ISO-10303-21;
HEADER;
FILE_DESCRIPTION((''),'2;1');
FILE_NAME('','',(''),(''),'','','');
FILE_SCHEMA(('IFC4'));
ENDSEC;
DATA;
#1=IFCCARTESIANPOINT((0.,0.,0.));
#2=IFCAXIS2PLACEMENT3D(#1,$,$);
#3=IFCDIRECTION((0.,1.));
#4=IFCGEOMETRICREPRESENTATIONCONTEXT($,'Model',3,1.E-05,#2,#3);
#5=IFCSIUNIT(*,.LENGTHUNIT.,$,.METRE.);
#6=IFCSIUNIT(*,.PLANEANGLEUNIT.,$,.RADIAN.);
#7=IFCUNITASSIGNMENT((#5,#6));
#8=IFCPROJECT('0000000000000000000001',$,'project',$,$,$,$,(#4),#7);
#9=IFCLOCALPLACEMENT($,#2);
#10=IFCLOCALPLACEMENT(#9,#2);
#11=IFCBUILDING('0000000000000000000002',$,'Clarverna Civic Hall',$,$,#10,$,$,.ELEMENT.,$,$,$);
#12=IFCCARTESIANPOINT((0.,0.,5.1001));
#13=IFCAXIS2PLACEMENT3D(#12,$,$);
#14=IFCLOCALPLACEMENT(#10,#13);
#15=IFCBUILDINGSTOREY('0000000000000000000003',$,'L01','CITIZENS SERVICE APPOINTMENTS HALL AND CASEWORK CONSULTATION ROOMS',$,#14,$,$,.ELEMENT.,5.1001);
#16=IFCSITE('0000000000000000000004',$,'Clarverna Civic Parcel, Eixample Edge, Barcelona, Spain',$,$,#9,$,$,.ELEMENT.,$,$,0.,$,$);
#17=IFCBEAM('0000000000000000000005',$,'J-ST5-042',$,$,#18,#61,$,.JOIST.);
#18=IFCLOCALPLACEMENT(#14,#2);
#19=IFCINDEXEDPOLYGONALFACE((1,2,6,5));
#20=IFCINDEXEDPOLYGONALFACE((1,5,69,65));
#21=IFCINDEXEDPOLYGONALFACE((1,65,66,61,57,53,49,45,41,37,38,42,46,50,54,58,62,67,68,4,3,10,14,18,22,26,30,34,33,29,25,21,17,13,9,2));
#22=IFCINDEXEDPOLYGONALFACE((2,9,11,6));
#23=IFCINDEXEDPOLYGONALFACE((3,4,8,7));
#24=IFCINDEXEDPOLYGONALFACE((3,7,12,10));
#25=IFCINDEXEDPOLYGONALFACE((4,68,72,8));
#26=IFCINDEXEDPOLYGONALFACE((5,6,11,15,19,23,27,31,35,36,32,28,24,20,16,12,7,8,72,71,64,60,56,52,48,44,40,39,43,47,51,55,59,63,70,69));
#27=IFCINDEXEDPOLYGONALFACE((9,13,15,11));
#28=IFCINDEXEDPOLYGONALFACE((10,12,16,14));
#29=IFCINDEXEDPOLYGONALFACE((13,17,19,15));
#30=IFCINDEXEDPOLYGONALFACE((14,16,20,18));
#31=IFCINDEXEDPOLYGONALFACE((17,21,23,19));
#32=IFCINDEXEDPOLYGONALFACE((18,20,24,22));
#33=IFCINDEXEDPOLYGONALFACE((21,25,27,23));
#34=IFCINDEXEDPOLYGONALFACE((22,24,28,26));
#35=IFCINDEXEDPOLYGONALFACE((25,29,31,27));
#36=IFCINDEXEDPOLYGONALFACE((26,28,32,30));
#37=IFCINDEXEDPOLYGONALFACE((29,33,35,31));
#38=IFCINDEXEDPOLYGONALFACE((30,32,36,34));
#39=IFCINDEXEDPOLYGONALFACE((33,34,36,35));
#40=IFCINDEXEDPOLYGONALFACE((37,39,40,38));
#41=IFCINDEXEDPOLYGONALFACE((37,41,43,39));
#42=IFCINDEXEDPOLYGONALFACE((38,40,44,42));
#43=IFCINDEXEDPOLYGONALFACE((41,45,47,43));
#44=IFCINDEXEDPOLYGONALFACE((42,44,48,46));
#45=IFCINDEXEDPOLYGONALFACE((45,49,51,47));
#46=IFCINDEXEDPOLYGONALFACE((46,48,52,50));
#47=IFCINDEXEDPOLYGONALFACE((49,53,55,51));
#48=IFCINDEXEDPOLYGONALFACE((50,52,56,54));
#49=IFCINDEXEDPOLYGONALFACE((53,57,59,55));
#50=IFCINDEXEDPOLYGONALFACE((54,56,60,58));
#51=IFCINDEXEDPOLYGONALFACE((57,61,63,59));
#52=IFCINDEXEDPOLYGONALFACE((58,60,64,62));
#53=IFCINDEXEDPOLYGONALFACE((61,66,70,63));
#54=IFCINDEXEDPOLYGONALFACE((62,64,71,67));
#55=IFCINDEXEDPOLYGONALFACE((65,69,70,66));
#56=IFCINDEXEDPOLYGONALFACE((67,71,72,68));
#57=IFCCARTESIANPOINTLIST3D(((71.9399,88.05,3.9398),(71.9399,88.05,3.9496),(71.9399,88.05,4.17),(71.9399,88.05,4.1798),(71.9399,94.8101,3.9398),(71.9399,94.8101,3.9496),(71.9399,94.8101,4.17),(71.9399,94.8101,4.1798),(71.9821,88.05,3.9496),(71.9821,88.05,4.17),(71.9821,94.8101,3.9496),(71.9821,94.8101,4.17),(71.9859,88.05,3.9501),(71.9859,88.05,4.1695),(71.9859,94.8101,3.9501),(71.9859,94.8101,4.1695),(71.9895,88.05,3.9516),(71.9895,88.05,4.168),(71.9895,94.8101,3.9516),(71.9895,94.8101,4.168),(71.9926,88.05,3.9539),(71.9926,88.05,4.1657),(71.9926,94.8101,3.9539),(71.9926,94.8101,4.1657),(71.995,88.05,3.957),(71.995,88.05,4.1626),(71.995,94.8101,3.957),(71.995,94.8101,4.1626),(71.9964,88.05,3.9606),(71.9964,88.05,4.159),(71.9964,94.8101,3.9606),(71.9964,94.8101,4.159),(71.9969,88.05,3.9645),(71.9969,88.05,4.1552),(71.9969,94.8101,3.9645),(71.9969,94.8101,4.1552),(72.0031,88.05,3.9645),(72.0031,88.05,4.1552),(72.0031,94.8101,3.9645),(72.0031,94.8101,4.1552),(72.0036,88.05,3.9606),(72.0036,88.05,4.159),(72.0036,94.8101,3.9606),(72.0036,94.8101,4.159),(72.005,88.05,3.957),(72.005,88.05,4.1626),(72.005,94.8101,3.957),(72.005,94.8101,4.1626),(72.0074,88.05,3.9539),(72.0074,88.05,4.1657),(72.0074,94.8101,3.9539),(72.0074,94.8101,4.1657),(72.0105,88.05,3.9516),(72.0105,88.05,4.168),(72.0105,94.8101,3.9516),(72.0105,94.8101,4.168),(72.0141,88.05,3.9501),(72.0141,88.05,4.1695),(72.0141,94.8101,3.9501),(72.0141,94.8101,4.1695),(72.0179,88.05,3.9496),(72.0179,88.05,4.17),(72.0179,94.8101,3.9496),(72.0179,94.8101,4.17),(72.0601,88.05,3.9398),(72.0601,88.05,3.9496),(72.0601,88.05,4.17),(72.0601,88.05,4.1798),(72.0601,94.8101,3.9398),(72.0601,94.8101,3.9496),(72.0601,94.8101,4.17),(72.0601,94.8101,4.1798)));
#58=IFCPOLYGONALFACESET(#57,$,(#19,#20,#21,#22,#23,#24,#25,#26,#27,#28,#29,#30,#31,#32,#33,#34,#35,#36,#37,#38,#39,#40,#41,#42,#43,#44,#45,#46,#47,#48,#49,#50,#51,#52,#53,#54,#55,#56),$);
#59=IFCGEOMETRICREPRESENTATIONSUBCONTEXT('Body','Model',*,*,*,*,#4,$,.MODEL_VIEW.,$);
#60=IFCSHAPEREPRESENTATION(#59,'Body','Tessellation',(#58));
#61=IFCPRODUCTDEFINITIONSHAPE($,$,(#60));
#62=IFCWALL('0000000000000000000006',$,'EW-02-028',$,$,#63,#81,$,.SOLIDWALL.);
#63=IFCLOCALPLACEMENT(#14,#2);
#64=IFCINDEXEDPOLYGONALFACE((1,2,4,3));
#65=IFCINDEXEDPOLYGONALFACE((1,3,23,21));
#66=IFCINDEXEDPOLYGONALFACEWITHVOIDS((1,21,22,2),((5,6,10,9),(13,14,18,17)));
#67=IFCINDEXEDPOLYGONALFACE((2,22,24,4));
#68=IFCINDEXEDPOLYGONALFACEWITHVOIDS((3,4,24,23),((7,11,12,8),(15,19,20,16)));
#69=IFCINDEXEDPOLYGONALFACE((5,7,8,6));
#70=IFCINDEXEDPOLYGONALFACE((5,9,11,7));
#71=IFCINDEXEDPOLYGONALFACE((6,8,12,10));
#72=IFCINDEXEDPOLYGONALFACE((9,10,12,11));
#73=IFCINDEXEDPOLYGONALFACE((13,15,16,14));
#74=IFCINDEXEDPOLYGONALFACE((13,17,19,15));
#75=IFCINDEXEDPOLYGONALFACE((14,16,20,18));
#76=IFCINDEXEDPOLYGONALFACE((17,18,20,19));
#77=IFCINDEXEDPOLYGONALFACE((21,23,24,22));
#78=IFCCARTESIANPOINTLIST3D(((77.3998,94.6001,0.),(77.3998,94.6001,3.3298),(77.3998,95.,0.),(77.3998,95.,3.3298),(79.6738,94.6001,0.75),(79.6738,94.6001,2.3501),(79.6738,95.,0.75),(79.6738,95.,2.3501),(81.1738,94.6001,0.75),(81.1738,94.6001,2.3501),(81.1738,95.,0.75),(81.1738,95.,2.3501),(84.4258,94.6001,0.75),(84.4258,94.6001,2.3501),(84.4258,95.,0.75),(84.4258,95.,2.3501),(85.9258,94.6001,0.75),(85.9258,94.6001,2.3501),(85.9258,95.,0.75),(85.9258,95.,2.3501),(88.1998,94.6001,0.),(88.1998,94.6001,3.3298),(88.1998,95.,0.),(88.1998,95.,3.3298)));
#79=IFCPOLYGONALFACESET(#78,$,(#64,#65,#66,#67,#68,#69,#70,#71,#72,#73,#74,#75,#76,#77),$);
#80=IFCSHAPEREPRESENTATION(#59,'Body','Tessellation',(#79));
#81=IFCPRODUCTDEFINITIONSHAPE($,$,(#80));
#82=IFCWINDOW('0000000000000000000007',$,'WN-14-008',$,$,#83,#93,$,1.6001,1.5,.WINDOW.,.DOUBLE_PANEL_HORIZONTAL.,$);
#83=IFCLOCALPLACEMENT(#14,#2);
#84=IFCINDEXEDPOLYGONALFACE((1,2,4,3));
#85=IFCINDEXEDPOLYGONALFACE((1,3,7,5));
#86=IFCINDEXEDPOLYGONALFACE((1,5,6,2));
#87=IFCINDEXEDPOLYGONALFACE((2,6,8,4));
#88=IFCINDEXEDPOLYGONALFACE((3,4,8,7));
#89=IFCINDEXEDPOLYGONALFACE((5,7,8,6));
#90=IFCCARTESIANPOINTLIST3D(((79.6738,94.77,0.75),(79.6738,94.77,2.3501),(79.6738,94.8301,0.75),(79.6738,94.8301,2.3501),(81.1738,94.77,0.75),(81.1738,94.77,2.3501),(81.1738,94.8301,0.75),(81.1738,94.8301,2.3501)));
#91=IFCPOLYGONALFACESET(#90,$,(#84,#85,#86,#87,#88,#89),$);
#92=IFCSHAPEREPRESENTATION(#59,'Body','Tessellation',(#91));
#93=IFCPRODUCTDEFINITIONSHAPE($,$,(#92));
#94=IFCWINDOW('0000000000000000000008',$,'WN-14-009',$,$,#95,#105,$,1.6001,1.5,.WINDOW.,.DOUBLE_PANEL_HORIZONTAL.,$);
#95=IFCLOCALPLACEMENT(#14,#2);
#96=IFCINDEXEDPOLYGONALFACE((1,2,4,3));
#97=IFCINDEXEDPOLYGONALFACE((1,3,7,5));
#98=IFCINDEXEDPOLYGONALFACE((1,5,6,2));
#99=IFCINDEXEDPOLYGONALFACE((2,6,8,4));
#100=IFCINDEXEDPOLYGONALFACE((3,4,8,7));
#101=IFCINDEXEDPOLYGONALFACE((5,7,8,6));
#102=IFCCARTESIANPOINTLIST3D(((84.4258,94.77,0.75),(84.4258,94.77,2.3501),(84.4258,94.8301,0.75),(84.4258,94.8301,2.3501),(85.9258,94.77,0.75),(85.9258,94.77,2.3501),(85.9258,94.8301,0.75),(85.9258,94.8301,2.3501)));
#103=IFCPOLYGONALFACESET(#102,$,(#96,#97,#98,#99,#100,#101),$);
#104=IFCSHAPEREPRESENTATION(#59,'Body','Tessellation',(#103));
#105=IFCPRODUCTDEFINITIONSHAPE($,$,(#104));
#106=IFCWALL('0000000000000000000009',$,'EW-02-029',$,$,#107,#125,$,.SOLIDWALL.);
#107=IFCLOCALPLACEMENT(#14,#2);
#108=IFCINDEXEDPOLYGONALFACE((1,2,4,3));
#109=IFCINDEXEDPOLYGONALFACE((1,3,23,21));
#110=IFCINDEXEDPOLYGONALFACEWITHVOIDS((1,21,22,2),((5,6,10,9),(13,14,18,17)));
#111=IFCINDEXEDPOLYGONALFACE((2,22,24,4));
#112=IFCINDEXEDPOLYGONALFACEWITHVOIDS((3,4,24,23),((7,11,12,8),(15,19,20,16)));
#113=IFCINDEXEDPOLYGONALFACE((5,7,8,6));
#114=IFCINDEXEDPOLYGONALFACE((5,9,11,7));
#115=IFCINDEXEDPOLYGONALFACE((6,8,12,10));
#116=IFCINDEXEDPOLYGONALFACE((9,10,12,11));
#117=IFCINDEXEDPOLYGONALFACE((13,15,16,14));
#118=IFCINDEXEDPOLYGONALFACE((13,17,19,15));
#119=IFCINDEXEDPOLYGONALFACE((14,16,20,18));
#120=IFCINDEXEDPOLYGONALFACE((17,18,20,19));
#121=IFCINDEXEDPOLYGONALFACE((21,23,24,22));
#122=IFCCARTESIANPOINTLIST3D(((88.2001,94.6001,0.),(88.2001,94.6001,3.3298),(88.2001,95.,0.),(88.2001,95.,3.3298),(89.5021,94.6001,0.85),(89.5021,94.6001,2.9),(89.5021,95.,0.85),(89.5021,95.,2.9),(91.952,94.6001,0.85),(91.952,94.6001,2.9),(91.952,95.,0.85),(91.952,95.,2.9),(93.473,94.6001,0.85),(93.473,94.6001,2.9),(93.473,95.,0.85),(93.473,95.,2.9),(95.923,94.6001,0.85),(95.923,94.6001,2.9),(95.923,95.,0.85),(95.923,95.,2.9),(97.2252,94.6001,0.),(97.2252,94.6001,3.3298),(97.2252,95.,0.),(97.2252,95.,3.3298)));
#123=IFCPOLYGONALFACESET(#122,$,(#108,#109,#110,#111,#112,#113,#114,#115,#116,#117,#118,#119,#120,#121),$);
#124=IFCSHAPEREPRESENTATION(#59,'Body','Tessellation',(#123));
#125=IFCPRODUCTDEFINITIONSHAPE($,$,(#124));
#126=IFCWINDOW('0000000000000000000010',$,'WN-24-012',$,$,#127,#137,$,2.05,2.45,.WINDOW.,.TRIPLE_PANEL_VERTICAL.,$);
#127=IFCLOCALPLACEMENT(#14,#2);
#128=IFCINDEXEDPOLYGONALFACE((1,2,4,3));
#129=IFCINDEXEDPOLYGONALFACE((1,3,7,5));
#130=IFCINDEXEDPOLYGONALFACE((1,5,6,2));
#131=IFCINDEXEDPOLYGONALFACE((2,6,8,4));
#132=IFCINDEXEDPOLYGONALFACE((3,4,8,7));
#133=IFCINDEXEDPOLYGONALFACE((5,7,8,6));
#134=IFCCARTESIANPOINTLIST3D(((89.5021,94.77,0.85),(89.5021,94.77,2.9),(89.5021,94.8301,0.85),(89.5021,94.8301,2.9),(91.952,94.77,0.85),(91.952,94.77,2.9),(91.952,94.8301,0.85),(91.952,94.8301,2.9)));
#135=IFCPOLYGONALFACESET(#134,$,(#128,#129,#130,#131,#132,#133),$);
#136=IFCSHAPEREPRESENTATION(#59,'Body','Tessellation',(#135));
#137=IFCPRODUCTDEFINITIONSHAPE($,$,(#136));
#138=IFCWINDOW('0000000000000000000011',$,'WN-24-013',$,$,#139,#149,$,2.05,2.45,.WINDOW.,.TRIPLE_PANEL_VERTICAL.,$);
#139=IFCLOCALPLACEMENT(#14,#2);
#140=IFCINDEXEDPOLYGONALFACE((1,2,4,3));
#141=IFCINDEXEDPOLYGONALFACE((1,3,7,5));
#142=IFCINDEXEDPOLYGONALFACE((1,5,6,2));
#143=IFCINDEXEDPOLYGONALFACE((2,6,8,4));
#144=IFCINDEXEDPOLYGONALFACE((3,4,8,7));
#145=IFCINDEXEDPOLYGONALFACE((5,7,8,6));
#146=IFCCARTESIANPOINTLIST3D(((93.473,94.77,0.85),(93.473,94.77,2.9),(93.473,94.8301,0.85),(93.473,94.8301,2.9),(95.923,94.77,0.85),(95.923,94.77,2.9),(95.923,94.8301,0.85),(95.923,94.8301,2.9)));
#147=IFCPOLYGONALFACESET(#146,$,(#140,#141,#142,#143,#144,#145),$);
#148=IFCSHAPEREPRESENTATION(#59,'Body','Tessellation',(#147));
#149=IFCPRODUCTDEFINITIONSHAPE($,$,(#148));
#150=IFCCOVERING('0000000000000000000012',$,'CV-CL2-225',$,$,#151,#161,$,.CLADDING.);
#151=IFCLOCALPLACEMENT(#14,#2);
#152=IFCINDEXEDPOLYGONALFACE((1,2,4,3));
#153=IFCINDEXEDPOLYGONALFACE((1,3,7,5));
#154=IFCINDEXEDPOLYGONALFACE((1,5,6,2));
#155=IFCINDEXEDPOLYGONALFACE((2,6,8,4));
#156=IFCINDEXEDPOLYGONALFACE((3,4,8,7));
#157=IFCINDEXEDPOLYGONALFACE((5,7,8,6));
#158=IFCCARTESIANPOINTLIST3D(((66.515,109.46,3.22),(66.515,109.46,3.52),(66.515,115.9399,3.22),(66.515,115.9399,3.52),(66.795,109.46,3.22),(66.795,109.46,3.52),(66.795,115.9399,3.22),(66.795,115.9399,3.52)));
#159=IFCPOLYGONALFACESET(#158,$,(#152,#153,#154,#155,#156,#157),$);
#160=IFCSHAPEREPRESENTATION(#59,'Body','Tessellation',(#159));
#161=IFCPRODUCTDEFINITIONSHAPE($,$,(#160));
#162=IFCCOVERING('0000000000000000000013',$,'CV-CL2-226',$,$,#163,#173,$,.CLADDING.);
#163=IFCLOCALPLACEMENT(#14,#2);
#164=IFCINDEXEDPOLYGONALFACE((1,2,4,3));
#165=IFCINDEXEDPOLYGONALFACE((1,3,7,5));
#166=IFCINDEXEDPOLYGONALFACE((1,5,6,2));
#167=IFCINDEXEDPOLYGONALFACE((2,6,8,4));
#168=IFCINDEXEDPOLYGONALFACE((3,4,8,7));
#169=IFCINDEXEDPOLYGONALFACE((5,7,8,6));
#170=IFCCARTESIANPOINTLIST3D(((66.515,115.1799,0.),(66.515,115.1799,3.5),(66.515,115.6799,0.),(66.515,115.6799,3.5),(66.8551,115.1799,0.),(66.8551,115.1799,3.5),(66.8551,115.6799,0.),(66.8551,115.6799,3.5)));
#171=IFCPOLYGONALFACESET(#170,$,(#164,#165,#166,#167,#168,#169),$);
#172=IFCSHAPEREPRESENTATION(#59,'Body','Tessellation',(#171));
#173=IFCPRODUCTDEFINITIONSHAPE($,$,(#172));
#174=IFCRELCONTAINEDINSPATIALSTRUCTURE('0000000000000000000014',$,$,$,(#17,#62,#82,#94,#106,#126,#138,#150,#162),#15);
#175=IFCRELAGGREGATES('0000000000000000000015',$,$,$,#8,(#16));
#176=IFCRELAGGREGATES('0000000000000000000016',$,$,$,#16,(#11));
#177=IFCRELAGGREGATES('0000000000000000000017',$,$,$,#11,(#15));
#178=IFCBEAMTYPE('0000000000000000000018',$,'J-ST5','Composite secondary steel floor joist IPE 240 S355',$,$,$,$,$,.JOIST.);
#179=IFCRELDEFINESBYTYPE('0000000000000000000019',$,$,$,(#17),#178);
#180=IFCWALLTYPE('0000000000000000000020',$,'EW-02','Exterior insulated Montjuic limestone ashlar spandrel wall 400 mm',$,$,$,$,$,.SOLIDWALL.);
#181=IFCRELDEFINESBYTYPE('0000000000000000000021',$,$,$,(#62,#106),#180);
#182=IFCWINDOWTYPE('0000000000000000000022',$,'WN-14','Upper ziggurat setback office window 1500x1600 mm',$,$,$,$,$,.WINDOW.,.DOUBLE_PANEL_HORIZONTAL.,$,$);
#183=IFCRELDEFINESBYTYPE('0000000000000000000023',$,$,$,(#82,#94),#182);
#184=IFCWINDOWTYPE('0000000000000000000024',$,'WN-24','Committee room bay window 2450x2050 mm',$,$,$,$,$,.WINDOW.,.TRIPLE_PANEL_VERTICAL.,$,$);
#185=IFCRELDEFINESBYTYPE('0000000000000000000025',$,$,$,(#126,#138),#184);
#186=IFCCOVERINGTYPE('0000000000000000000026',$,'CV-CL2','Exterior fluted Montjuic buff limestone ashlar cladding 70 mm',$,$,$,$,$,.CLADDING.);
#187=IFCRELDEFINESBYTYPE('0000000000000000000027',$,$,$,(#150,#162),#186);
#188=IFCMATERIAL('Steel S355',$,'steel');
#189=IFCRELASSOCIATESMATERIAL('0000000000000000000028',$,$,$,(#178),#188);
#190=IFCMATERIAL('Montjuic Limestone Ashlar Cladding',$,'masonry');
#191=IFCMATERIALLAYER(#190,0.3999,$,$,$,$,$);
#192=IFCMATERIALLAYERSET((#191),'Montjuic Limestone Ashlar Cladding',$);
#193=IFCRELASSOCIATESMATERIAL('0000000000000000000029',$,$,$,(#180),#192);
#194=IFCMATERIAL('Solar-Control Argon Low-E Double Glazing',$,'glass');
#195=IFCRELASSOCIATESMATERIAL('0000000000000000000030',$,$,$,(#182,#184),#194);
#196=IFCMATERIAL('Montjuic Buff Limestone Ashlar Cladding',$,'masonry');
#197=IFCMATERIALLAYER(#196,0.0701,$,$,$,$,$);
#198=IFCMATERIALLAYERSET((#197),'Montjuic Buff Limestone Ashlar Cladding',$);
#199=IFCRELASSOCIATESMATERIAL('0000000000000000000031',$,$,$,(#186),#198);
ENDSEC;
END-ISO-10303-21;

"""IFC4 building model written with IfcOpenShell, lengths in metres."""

from ifc_helpers import new_model, si_unit, direction, frame, frame_2d, origin, origin_2d, place, context, subcontext, project, spatial, rectangle, i_section, extrude, material, layer, layer_set, material_profile, profile_set, type_object, element, fill, save


model = new_model("IFC4")

# Units and contexts
model_context = context("Model", 3, precision=1e-05, world=origin(), true_north=direction((0.0, 1.0)))
body_context = subcontext(model_context, "Body", "Model", "MODEL_VIEW")
ifc_project = project(units=[si_unit("LENGTHUNIT", "METRE"), si_unit("PLANEANGLEUNIT", "RADIAN")], contexts=[model_context])

# Site, building, storey
site_placement = place(None, origin())
site = spatial("IfcSite", under=ifc_project, at=site_placement, Name="Clarverna Civic Parcel, Eixample Edge, Barcelona, Spain", CompositionType="ELEMENT", RefElevation=0.0)
building_placement = place(site_placement, origin())
building = spatial("IfcBuilding", under=site, at=building_placement, Name="Clarverna Civic Hall", CompositionType="ELEMENT")
storey_placement = place(building_placement, frame((0.0, 0.0, 5.1001)))
storey = spatial("IfcBuildingStorey", under=building, at=storey_placement, Name="L01", Description="CITIZENS SERVICE APPOINTMENTS HALL AND CASEWORK CONSULTATION ROOMS", CompositionType="ELEMENT", Elevation=5.1001)

# Beam
ifc_material_1 = material(Name="Steel S355", Category="steel")
ifc_material_profile_1 = material_profile(ifc_material_1, i_section(OverallWidth=0.1201, OverallDepth=0.24, WebThickness=0.0061, FlangeThickness=0.0098, FilletRadius=0.0149, at=origin_2d()), Name="IPE 240")
ifc_profile_set_1 = profile_set([ifc_material_profile_1], Name="Steel S355")
beam_type_1 = type_object("IfcBeamType", Name="J-ST5", Description="Composite secondary steel floor joist IPE 240 S355", PredefinedType="JOIST", material=ifc_profile_set_1)
beam_1_placement = place(storey_placement, frame((72.0, 88.05, 4.0598), z_axis=(0.0, 1.0, 0.0), x_axis=(-1.0, 0.0, 0.0)))
element("IfcBeam", 1, at=beam_1_placement, inside=storey, type_object=beam_type_1, Name="J-ST5-042", PredefinedType="JOIST", context=body_context, shape_type="SweptSolid", body=[
    extrude(i_section(OverallWidth=0.1201, OverallDepth=0.24, WebThickness=0.0061, FlangeThickness=0.0098, FilletRadius=0.0149, at=origin_2d()), origin(), (0.0, 0.0, 1.0), 6.76),
])

# Walls, openings, windows
ifc_material_2 = material(Name="Montjuic Limestone Ashlar Cladding", Category="masonry")
ifc_layer_1 = layer(ifc_material_2, 0.3999)
ifc_layer_set_1 = layer_set([ifc_layer_1], Name="Montjuic Limestone Ashlar Cladding")
wall_type = type_object("IfcWallType", Name="EW-02", Description="Exterior insulated Montjuic limestone ashlar spandrel wall 400 mm", PredefinedType="SOLIDWALL", material=ifc_layer_set_1)
wall_1_placement = place(storey_placement, frame((77.3999, 94.8, 0.0), z_axis=(0.0, 0.0, 1.0), x_axis=(1.0, 0.0, 0.0)))
wall_1 = element("IfcWall", 2, at=wall_1_placement, inside=storey, type_object=wall_type, Name="EW-02-028", PredefinedType="SOLIDWALL", context=body_context, shape_type="SweptSolid", body=[
    extrude(rectangle(XDim=10.8, YDim=0.3999, at=frame_2d((5.3999, 0.0))), origin(), (0.0, 0.0, 1.0), 3.3298),
])
opening_1_placement = place(wall_1_placement, frame((2.2739, 0.0, 0.75)))
opening_1 = element("IfcOpeningElement", 3, at=opening_1_placement, cuts=wall_1, PredefinedType="OPENING", context=body_context, shape_type="SweptSolid", body=[
    extrude(rectangle(XDim=1.5, YDim=1.6001, at=frame_2d((0.75, 0.8))), frame((0.0, 0.21, 0.0), z_axis=(0.0, -1.0, 0.0), x_axis=(1.0, 0.0, 0.0)), (0.0, 0.0, 1.0), 0.4199),
])
opening_2_placement = place(wall_1_placement, frame((7.0259, 0.0, 0.75)))
opening_2 = element("IfcOpeningElement", 4, at=opening_2_placement, cuts=wall_1, PredefinedType="OPENING", context=body_context, shape_type="SweptSolid", body=[
    extrude(rectangle(XDim=1.5, YDim=1.6001, at=frame_2d((0.75, 0.8))), frame((0.0, 0.21, 0.0), z_axis=(0.0, -1.0, 0.0), x_axis=(1.0, 0.0, 0.0)), (0.0, 0.0, 1.0), 0.4199),
])
ifc_material_3 = material(Name="Solar-Control Argon Low-E Double Glazing", Category="glass")
window_type_1 = type_object("IfcWindowType", Name="WN-14", Description="Upper ziggurat setback office window 1500x1600 mm", PartitioningType="DOUBLE_PANEL_HORIZONTAL", PredefinedType="WINDOW", material=ifc_material_3)
window_1_placement = place(opening_1_placement, origin())
window_1 = element("IfcWindow", 5, at=window_1_placement, inside=storey, type_object=window_type_1, Name="WN-14-008", OverallHeight=1.6001, OverallWidth=1.5, PartitioningType="DOUBLE_PANEL_HORIZONTAL", PredefinedType="WINDOW", context=body_context, shape_type="SweptSolid", body=[
    extrude(rectangle(XDim=1.5, YDim=1.6001, at=frame_2d((0.75, 0.8))), frame((0.0, 0.03, 0.0), z_axis=(0.0, -1.0, 0.0), x_axis=(1.0, 0.0, 0.0)), (0.0, 0.0, 1.0), 0.0601),
])
fill(opening_1, window_1)
window_2_placement = place(opening_2_placement, origin())
window_2 = element("IfcWindow", 6, at=window_2_placement, inside=storey, type_object=window_type_1, Name="WN-14-009", OverallHeight=1.6001, OverallWidth=1.5, PartitioningType="DOUBLE_PANEL_HORIZONTAL", PredefinedType="WINDOW", context=body_context, shape_type="SweptSolid", body=[
    extrude(rectangle(XDim=1.5, YDim=1.6001, at=frame_2d((0.75, 0.8))), frame((0.0, 0.03, 0.0), z_axis=(0.0, -1.0, 0.0), x_axis=(1.0, 0.0, 0.0)), (0.0, 0.0, 1.0), 0.0601),
])
fill(opening_2, window_2)
wall_2_placement = place(storey_placement, frame((88.2, 94.8, 0.0), z_axis=(0.0, 0.0, 1.0), x_axis=(1.0, 0.0, 0.0)))
wall_2 = element("IfcWall", 7, at=wall_2_placement, inside=storey, type_object=wall_type, Name="EW-02-029", PredefinedType="SOLIDWALL", context=body_context, shape_type="SweptSolid", body=[
    extrude(rectangle(XDim=9.0251, YDim=0.3999, at=frame_2d((4.5127, 0.0))), origin(), (0.0, 0.0, 1.0), 3.3298),
])
opening_3_placement = place(wall_2_placement, frame((1.302, 0.0, 0.8501)))
opening_3 = element("IfcOpeningElement", 8, at=opening_3_placement, cuts=wall_2, PredefinedType="OPENING", context=body_context, shape_type="SweptSolid", body=[
    extrude(rectangle(XDim=2.45, YDim=2.05, at=frame_2d((1.2251, 1.0249))), frame((0.0, 0.21, 0.0), z_axis=(0.0, -1.0, 0.0), x_axis=(1.0, 0.0, 0.0)), (0.0, 0.0, 1.0), 0.4199),
])
opening_4_placement = place(wall_2_placement, frame((5.2729, 0.0, 0.8501)))
opening_4 = element("IfcOpeningElement", 9, at=opening_4_placement, cuts=wall_2, PredefinedType="OPENING", context=body_context, shape_type="SweptSolid", body=[
    extrude(rectangle(XDim=2.45, YDim=2.05, at=frame_2d((1.2251, 1.0249))), frame((0.0, 0.21, 0.0), z_axis=(0.0, -1.0, 0.0), x_axis=(1.0, 0.0, 0.0)), (0.0, 0.0, 1.0), 0.4199),
])
window_type_2 = type_object("IfcWindowType", Name="WN-24", Description="Committee room bay window 2450x2050 mm", PartitioningType="TRIPLE_PANEL_VERTICAL", PredefinedType="WINDOW", material=ifc_material_3)
window_3_placement = place(opening_3_placement, origin())
window_3 = element("IfcWindow", 10, at=window_3_placement, inside=storey, type_object=window_type_2, Name="WN-24-012", OverallHeight=2.05, OverallWidth=2.45, PartitioningType="TRIPLE_PANEL_VERTICAL", PredefinedType="WINDOW", context=body_context, shape_type="SweptSolid", body=[
    extrude(rectangle(XDim=2.45, YDim=2.05, at=frame_2d((1.2251, 1.0249))), frame((0.0, 0.03, 0.0), z_axis=(0.0, -1.0, 0.0), x_axis=(1.0, 0.0, 0.0)), (0.0, 0.0, 1.0), 0.0601),
])
fill(opening_3, window_3)
window_4_placement = place(opening_4_placement, origin())
window_4 = element("IfcWindow", 11, at=window_4_placement, inside=storey, type_object=window_type_2, Name="WN-24-013", OverallHeight=2.05, OverallWidth=2.45, PartitioningType="TRIPLE_PANEL_VERTICAL", PredefinedType="WINDOW", context=body_context, shape_type="SweptSolid", body=[
    extrude(rectangle(XDim=2.45, YDim=2.05, at=frame_2d((1.2251, 1.0249))), frame((0.0, 0.03, 0.0), z_axis=(0.0, -1.0, 0.0), x_axis=(1.0, 0.0, 0.0)), (0.0, 0.0, 1.0), 0.0601),
])
fill(opening_4, window_4)

# Coverings
ifc_material_4 = material(Name="Montjuic Buff Limestone Ashlar Cladding", Category="masonry")
ifc_layer_2 = layer(ifc_material_4, 0.0701)
ifc_layer_set_2 = layer_set([ifc_layer_2], Name="Montjuic Buff Limestone Ashlar Cladding")
covering_type = type_object("IfcCoveringType", Name="CV-CL2", Description="Exterior fluted Montjuic buff limestone ashlar cladding 70 mm", PredefinedType="CLADDING", material=ifc_layer_set_2)
covering_1_placement = place(storey_placement, frame((66.655, 115.9399, 3.22), z_axis=(0.0, 0.0, 1.0), x_axis=(0.0, -1.0, 0.0)))
element("IfcCovering", 12, at=covering_1_placement, inside=storey, type_object=covering_type, Name="CV-CL2-225", PredefinedType="CLADDING", context=body_context, shape_type="SweptSolid", body=[
    extrude(rectangle(XDim=6.48, YDim=0.28, at=frame_2d((3.24, 0.0))), origin(), (0.0, 0.0, 1.0), 0.3),
])
for number, where, z_axis, x_axis, name in (
    (13, (66.6851, 115.6799, 0.0), (0.0, 0.0, 1.0), (0.0, -1.0, 0.0), "CV-CL2-226"),
):
    element("IfcCovering", number, at=place(storey_placement, frame(where, z_axis=z_axis, x_axis=x_axis)), inside=storey, type_object=covering_type, Name=name, PredefinedType="CLADDING", context=body_context, shape_type="SweptSolid", body=[
        extrude(rectangle(XDim=0.5, YDim=0.3401, at=frame_2d((0.25, 0.0))), origin(), (0.0, 0.0, 1.0), 3.5),
    ])

save(model, "model.ifc")
